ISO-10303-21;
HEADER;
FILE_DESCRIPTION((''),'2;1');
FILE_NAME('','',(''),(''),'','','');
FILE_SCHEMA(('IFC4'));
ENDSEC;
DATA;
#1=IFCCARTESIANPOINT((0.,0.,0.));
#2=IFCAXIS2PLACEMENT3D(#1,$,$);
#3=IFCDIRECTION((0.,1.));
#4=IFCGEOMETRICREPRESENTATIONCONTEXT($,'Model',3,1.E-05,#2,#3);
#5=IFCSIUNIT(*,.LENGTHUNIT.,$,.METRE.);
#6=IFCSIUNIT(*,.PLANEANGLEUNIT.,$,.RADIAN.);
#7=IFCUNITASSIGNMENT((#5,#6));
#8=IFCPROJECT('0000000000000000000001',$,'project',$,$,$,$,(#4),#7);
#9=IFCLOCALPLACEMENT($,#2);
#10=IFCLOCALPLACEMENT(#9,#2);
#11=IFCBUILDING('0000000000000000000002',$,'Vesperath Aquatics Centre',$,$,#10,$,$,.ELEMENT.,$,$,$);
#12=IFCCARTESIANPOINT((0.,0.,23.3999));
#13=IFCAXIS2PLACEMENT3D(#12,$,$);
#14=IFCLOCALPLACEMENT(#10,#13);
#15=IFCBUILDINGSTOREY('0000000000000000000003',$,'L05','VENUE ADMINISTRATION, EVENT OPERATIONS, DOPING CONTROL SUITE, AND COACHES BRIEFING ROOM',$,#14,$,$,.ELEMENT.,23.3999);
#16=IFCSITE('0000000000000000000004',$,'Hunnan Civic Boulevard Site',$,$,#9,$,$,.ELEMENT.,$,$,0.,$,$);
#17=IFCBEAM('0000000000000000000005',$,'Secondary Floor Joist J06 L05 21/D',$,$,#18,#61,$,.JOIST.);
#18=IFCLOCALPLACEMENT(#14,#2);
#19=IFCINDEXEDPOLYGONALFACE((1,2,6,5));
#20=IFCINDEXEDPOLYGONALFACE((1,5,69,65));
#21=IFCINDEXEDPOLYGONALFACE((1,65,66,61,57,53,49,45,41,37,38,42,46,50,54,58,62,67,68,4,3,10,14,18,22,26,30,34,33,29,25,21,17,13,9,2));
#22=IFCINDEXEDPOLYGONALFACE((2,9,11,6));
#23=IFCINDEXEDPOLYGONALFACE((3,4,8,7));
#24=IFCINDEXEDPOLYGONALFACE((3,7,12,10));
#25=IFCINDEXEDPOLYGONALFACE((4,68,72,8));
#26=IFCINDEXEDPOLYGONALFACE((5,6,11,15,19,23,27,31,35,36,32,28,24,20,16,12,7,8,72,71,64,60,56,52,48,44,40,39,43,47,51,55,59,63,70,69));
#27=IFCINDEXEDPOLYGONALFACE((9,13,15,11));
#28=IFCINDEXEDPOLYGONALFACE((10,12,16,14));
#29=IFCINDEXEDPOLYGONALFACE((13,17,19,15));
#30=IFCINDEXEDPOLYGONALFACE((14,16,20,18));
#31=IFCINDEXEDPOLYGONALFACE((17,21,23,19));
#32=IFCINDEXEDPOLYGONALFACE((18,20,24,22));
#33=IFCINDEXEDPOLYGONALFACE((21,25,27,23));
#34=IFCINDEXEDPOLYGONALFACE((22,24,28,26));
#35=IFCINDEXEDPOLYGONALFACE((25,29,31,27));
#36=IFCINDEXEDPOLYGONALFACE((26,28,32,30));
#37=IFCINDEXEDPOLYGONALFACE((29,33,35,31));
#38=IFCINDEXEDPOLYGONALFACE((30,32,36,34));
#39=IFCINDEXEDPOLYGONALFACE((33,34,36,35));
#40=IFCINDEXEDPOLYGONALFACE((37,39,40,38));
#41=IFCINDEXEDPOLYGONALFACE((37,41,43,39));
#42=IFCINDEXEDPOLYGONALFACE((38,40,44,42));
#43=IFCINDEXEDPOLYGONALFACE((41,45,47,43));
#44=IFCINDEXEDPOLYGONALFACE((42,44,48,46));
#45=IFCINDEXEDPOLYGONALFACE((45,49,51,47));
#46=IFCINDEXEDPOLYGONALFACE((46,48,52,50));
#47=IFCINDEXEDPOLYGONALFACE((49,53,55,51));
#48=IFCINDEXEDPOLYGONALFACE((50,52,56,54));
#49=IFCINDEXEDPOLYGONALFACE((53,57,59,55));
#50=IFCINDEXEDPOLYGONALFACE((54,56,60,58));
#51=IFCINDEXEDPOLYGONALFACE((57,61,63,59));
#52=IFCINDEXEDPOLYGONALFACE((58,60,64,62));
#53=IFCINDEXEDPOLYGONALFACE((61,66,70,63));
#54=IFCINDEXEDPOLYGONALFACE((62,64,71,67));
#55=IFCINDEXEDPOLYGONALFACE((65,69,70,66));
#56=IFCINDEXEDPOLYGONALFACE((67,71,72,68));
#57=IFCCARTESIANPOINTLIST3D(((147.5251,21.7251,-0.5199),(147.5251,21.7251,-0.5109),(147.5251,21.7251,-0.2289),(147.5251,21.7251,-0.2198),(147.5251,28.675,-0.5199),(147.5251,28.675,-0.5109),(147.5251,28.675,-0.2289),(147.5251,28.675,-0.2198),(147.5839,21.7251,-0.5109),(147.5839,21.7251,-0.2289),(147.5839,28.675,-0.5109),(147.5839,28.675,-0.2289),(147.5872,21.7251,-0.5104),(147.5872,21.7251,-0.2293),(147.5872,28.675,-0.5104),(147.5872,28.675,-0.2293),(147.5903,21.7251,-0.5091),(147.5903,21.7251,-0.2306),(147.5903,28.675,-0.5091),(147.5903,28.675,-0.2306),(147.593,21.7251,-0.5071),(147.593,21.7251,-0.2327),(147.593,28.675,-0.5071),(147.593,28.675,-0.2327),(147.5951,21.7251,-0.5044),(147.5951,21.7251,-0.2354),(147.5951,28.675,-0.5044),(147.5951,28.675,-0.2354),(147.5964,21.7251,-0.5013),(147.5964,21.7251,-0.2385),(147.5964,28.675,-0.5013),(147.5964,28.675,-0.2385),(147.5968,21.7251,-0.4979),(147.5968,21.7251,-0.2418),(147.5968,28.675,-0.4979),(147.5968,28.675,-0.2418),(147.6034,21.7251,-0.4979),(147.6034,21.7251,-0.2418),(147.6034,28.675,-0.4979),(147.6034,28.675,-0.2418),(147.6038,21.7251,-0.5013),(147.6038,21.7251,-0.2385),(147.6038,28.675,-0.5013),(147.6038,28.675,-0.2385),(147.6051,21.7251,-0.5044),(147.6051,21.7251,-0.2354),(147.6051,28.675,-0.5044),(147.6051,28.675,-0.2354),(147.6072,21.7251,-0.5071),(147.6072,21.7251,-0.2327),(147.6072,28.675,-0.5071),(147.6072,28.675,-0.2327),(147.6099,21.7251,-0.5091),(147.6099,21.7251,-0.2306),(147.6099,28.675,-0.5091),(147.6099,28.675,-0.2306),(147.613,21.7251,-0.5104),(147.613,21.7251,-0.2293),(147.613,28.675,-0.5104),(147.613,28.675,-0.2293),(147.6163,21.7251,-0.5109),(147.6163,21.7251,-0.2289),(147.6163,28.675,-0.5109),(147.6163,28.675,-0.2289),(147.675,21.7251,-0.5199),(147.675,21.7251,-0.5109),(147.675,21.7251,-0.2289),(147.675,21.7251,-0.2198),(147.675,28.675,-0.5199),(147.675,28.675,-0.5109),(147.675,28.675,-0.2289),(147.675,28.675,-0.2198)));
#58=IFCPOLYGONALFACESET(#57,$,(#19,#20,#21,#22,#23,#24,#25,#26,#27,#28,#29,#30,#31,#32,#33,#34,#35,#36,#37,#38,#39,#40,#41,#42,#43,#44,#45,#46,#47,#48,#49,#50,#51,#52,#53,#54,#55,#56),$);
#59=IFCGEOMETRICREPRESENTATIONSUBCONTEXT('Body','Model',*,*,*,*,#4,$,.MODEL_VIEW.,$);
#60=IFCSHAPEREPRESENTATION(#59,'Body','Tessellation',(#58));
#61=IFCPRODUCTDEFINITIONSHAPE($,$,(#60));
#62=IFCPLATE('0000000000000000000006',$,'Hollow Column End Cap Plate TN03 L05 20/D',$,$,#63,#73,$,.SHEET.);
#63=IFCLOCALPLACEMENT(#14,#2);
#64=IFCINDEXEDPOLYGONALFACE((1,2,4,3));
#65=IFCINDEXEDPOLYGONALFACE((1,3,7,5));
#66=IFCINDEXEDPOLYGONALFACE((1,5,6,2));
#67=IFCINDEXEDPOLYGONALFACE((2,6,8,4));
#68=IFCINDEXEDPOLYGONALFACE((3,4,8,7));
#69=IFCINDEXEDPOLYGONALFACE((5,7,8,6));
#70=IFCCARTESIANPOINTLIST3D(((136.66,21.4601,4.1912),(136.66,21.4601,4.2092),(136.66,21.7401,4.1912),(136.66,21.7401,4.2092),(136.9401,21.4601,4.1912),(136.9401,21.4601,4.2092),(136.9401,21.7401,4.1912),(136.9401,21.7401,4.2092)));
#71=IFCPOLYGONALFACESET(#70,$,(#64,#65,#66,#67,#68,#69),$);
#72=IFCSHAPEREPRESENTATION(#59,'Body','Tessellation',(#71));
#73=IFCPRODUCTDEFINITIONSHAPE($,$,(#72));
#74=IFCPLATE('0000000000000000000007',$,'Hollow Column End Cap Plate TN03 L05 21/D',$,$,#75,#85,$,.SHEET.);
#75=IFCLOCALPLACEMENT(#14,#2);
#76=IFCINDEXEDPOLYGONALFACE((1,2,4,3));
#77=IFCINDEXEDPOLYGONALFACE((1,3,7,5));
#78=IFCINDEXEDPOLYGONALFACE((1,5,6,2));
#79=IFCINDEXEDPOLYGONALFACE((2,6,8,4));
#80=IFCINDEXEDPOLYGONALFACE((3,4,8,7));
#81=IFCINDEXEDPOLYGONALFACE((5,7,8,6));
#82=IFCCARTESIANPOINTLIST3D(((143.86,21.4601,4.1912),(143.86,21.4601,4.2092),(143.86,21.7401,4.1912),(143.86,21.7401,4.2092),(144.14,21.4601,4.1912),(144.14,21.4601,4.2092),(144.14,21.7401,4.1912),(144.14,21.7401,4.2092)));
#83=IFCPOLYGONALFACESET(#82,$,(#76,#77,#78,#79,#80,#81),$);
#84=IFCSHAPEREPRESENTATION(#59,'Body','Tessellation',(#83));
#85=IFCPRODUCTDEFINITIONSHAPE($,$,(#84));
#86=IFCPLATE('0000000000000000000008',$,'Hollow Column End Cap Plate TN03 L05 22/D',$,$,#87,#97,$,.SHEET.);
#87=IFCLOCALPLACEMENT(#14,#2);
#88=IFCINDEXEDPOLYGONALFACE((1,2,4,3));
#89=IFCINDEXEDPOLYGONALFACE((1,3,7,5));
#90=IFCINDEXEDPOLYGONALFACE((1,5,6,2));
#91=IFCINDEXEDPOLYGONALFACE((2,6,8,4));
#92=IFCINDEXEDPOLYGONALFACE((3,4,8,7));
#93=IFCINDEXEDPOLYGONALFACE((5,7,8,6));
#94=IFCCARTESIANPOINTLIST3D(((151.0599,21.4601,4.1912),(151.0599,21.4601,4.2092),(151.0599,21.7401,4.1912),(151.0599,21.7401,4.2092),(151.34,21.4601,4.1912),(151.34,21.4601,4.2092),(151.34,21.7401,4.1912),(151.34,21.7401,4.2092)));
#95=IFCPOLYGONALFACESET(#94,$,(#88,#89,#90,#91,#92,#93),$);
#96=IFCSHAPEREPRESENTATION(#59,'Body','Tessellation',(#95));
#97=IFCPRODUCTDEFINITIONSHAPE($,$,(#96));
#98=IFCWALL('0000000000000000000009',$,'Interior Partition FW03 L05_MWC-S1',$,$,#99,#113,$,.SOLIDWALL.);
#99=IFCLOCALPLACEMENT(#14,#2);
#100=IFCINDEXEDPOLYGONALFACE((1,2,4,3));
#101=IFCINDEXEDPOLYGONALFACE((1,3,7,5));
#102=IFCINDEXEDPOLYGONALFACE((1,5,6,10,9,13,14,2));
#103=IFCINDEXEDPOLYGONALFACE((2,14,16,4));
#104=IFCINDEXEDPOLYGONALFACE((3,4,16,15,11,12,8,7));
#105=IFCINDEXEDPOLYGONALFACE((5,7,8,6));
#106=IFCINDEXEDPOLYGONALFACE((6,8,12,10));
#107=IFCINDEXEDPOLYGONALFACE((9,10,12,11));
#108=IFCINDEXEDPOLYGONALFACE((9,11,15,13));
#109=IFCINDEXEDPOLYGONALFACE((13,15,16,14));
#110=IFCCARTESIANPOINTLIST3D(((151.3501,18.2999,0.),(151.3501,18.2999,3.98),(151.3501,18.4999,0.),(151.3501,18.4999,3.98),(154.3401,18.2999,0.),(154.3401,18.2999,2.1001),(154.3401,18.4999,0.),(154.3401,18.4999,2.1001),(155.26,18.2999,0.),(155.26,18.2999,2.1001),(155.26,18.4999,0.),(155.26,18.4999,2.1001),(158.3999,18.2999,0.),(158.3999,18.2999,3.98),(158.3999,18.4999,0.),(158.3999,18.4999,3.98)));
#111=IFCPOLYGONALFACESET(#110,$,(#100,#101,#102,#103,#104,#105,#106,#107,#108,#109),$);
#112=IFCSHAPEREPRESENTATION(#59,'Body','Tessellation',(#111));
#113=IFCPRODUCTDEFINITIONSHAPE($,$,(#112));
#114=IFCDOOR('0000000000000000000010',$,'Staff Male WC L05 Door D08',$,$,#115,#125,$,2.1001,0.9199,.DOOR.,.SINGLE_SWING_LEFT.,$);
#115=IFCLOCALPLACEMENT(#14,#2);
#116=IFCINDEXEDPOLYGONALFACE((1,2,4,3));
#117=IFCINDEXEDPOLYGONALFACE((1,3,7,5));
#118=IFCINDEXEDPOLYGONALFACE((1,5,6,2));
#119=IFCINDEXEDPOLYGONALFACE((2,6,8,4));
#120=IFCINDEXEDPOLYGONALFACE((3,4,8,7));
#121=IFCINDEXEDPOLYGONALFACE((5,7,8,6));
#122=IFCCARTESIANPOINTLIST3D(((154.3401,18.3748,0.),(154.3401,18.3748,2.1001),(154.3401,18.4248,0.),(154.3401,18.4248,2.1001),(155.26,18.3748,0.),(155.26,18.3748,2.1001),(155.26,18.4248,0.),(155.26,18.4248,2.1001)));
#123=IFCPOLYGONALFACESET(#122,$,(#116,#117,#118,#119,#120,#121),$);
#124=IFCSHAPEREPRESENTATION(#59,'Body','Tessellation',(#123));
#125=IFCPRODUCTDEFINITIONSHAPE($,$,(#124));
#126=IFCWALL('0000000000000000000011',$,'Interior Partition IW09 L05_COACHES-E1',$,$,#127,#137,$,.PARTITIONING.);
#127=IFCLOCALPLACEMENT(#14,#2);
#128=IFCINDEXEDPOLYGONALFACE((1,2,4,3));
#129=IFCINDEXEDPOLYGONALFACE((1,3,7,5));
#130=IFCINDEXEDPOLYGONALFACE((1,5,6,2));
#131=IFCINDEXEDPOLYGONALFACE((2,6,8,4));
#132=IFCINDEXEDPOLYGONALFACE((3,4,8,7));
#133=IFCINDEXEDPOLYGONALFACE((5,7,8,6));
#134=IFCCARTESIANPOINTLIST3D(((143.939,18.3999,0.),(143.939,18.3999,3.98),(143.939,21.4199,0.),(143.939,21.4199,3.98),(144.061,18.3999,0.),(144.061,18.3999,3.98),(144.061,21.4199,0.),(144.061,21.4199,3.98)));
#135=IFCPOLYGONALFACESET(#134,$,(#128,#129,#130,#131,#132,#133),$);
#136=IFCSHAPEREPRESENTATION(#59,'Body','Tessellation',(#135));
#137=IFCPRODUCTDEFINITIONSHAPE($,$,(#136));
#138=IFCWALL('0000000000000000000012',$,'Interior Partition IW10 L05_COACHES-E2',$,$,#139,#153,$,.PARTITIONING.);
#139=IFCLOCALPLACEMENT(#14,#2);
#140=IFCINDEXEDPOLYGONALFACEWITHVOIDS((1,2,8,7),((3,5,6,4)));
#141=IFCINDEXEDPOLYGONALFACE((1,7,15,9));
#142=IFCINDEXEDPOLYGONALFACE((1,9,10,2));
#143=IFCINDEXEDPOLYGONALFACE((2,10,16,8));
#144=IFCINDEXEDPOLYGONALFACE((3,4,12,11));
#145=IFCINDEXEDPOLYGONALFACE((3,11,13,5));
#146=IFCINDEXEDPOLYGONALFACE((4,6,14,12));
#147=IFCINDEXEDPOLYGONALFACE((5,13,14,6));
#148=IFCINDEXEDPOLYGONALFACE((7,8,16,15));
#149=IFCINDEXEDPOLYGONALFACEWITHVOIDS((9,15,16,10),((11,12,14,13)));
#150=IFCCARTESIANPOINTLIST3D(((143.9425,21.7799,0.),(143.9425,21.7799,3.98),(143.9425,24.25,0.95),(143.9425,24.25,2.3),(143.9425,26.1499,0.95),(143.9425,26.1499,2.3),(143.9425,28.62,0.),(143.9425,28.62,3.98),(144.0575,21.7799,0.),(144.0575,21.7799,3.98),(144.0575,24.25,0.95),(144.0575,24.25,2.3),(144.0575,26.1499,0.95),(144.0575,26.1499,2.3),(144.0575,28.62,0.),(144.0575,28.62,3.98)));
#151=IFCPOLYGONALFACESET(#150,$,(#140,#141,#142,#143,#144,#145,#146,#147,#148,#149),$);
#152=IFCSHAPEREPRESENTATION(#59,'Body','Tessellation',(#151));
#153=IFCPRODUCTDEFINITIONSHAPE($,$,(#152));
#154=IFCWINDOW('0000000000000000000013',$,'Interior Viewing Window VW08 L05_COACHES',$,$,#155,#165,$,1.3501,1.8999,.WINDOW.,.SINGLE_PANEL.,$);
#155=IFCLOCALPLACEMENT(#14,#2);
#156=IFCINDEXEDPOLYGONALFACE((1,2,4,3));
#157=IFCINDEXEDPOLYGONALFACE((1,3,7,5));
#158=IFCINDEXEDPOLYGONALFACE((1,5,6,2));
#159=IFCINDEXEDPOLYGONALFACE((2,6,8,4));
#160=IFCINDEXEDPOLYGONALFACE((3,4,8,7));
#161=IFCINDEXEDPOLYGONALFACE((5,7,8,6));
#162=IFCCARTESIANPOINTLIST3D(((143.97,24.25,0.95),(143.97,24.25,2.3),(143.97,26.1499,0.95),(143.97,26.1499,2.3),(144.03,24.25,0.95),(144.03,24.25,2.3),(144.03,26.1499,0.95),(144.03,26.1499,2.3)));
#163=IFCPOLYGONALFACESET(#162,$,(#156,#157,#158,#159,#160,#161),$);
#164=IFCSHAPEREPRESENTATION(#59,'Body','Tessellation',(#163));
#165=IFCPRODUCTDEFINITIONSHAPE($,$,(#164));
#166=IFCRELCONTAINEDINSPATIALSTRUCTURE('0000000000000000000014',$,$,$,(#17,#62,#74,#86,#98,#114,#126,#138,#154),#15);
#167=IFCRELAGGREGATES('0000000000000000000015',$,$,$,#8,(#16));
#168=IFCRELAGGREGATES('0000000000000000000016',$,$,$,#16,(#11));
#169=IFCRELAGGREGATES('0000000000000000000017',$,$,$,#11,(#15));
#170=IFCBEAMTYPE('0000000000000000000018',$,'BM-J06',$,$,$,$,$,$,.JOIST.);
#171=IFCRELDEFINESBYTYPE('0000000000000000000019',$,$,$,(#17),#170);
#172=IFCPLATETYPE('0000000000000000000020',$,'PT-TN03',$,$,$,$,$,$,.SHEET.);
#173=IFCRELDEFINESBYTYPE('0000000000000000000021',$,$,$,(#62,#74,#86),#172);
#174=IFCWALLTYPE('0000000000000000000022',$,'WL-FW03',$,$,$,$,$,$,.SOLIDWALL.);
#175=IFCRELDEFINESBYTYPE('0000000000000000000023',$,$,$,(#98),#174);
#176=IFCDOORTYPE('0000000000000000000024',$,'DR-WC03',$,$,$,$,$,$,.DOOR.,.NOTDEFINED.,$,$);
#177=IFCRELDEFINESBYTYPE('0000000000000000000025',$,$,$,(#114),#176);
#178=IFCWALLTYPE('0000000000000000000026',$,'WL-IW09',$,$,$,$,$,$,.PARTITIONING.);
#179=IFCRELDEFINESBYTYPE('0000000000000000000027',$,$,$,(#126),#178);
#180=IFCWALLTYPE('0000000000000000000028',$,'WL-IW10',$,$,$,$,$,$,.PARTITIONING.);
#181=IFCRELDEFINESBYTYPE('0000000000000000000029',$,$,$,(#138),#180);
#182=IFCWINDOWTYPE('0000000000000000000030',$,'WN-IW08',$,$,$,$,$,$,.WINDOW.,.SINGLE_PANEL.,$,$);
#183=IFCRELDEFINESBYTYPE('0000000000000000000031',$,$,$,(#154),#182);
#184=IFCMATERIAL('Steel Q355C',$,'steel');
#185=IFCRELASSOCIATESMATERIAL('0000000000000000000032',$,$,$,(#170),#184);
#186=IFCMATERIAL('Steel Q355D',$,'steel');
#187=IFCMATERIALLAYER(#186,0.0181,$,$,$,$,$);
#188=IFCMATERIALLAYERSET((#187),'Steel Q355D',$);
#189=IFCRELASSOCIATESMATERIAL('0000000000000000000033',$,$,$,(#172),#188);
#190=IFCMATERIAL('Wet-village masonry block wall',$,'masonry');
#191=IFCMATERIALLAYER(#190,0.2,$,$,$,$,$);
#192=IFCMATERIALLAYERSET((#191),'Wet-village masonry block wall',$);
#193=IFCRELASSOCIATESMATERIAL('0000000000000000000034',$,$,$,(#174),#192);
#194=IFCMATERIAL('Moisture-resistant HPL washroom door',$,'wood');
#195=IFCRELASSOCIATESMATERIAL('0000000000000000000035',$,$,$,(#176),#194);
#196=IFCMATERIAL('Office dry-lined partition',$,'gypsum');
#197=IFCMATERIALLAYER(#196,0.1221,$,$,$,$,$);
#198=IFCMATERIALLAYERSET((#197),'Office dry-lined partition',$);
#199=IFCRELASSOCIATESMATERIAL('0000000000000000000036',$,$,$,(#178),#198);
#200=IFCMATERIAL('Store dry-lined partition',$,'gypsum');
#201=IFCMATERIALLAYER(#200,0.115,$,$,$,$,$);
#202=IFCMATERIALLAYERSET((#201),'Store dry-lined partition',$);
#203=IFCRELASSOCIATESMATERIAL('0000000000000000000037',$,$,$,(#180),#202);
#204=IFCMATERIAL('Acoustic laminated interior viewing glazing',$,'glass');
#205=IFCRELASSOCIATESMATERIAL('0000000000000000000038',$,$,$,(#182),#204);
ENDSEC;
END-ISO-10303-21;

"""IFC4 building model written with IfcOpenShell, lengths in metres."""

from ifc_helpers import new_model, si_unit, direction, frame, frame_2d, origin, origin_2d, place, context, subcontext, project, spatial, rectangle, i_section, extrude, material, layer, layer_set, material_profile, profile_set, type_object, element, fill, save


model = new_model("IFC4")

# Units and contexts
model_context = context("Model", 3, precision=1e-05, world=origin(), true_north=direction((0.0, 1.0)))
body_context = subcontext(model_context, "Body", "Model", "MODEL_VIEW")
ifc_project = project(units=[si_unit("LENGTHUNIT", "METRE"), si_unit("PLANEANGLEUNIT", "RADIAN")], contexts=[model_context])

# Site, building, storey
site_placement = place(None, origin())
site = spatial("IfcSite", under=ifc_project, at=site_placement, Name="Hunnan Civic Boulevard Site", CompositionType="ELEMENT", RefElevation=0.0)
building_placement = place(site_placement, origin())
building = spatial("IfcBuilding", under=site, at=building_placement, Name="Vesperath Aquatics Centre", CompositionType="ELEMENT")
storey_placement = place(building_placement, frame((0.0, 0.0, 23.3999)))
storey = spatial("IfcBuildingStorey", under=building, at=storey_placement, Name="L05", Description="VENUE ADMINISTRATION, EVENT OPERATIONS, DOPING CONTROL SUITE, AND COACHES BRIEFING ROOM", CompositionType="ELEMENT", Elevation=23.3999)

# Shared definitions
ifc_material_1 = material(Name="Steel Q355C", Category="steel")

# Beam
ifc_material_profile_1 = material_profile(ifc_material_1, i_section(OverallWidth=0.1499, OverallDepth=0.3, WebThickness=0.0066, FlangeThickness=0.009, FilletRadius=0.0129, at=origin_2d()), Name="HN 300x150x6.5x9")
ifc_profile_set_1 = profile_set([ifc_material_profile_1], Name="Steel Q355C")
beam_type_1 = type_object("IfcBeamType", Name="BM-J06", PredefinedType="JOIST", material=ifc_profile_set_1)
for number, where, z_axis, x_axis, name in (
    (1, (147.6001, 21.7251, -0.3699), (0.0, 1.0, 0.0), (-1.0, 0.0, 0.0), "Secondary Floor Joist J06 L05 21/D"),
):
    element("IfcBeam", number, at=place(storey_placement, frame(where, z_axis=z_axis, x_axis=x_axis)), inside=storey, type_object=beam_type_1, Name=name, PredefinedType="JOIST", context=body_context, shape_type="SweptSolid", body=[
        extrude(i_section(OverallWidth=0.1499, OverallDepth=0.3, WebThickness=0.0066, FlangeThickness=0.009, FilletRadius=0.0129, at=origin_2d()), origin(), (0.0, 0.0, 1.0), 6.95),
    ])

# Plates
ifc_material_2 = material(Name="Steel Q355D", Category="steel")
ifc_layer_1 = layer(ifc_material_2, 0.0181)
ifc_layer_set_1 = layer_set([ifc_layer_1], Name="Steel Q355D")
plate_type = type_object("IfcPlateType", Name="PT-TN03", PredefinedType="SHEET", material=ifc_layer_set_1)
for number, where, z_axis, x_axis, name in (
    (2, (136.8, 21.6001, 4.1912), (0.0, 0.0, 1.0), (1.0, 0.0, 0.0), "Hollow Column End Cap Plate TN03 L05 20/D"),
    (3, (144.0, 21.6001, 4.1912), (0.0, 0.0, 1.0), (1.0, 0.0, 0.0), "Hollow Column End Cap Plate TN03 L05 21/D"),
    (4, (151.2, 21.6001, 4.1912), (0.0, 0.0, 1.0), (1.0, 0.0, 0.0), "Hollow Column End Cap Plate TN03 L05 22/D"),
):
    element("IfcPlate", number, at=place(storey_placement, frame(where, z_axis=z_axis, x_axis=x_axis)), inside=storey, type_object=plate_type, Name=name, PredefinedType="SHEET", context=body_context, shape_type="SweptSolid", body=[
        extrude(rectangle(XDim=0.28, YDim=0.28, at=origin_2d()), origin(), (0.0, 0.0, 1.0), 0.0181),
    ])

# Wall, opening, door
ifc_material_3 = material(Name="Wet-village masonry block wall", Category="masonry")
ifc_layer_2 = layer(ifc_material_3, 0.2)
ifc_layer_set_2 = layer_set([ifc_layer_2], Name="Wet-village masonry block wall")
wall_type_1 = type_object("IfcWallType", Name="WL-FW03", PredefinedType="SOLIDWALL", material=ifc_layer_set_2)
wall_1_placement = place(storey_placement, frame((151.3501, 18.3999, 0.0), z_axis=(0.0, 0.0, 1.0), x_axis=(1.0, 0.0, 0.0)))
wall_1 = element("IfcWall", 5, at=wall_1_placement, inside=storey, type_object=wall_type_1, Name="Interior Partition FW03 L05_MWC-S1", PredefinedType="SOLIDWALL", context=body_context, shape_type="SweptSolid", body=[
    extrude(rectangle(XDim=7.0498, YDim=0.2, at=frame_2d((3.5249, 0.0))), origin(), (0.0, 0.0, 1.0), 3.98),
])
opening_1_placement = place(wall_1_placement, frame((2.99, 0.0, 0.0)))
opening_1 = element("IfcOpeningElement", 6, at=opening_1_placement, cuts=wall_1, PredefinedType="OPENING", context=body_context, shape_type="SweptSolid", body=[
    extrude(rectangle(XDim=0.9199, YDim=2.1001, at=frame_2d((0.46, 1.05))), frame((0.0, 0.1147, 0.0), z_axis=(0.0, -1.0, 0.0), x_axis=(1.0, 0.0, 0.0)), (0.0, 0.0, 1.0), 0.2297),
])
ifc_material_4 = material(Name="Moisture-resistant HPL washroom door", Category="wood")
door_type_1 = type_object("IfcDoorType", Name="DR-WC03", OperationType="NOTDEFINED", PredefinedType="DOOR", material=ifc_material_4)
door_1_placement = place(opening_1_placement, origin())
door_1 = element("IfcDoor", 7, at=door_1_placement, inside=storey, type_object=door_type_1, Name="Staff Male WC L05 Door D08", OperationType="SINGLE_SWING_LEFT", OverallHeight=2.1001, OverallWidth=0.9199, PredefinedType="DOOR", context=body_context, shape_type="SweptSolid", body=[
    extrude(rectangle(XDim=0.9199, YDim=2.1001, at=frame_2d((0.46, 1.05))), frame((0.0, 0.0249, 0.0), z_axis=(0.0, -1.0, 0.0), x_axis=(1.0, 0.0, 0.0)), (0.0, 0.0, 1.0), 0.05),
])
fill(opening_1, door_1)

# Wall
ifc_material_5 = material(Name="Office dry-lined partition", Category="gypsum")
ifc_layer_3 = layer(ifc_material_5, 0.1221)
ifc_layer_set_3 = layer_set([ifc_layer_3], Name="Office dry-lined partition")
wall_type_2 = type_object("IfcWallType", Name="WL-IW09", PredefinedType="PARTITIONING", material=ifc_layer_set_3)
wall_2_placement = place(storey_placement, frame((144.0, 18.3999, 0.0), z_axis=(0.0, 0.0, 1.0), x_axis=(0.0, 1.0, 0.0)))
element("IfcWall", 8, at=wall_2_placement, inside=storey, type_object=wall_type_2, Name="Interior Partition IW09 L05_COACHES-E1", PredefinedType="PARTITIONING", context=body_context, shape_type="SweptSolid", body=[
    extrude(rectangle(XDim=3.02, YDim=0.1221, at=frame_2d((1.51, 0.0))), origin(), (0.0, 0.0, 1.0), 3.98),
])

# Wall, opening, window
ifc_material_6 = material(Name="Store dry-lined partition", Category="gypsum")
ifc_layer_4 = layer(ifc_material_6, 0.115)
ifc_layer_set_4 = layer_set([ifc_layer_4], Name="Store dry-lined partition")
wall_type_3 = type_object("IfcWallType", Name="WL-IW10", PredefinedType="PARTITIONING", material=ifc_layer_set_4)
wall_3_placement = place(storey_placement, frame((144.0, 21.78, 0.0), z_axis=(0.0, 0.0, 1.0), x_axis=(0.0, 1.0, 0.0)))
wall_3 = element("IfcWall", 9, at=wall_3_placement, inside=storey, type_object=wall_type_3, Name="Interior Partition IW10 L05_COACHES-E2", PredefinedType="PARTITIONING", context=body_context, shape_type="SweptSolid", body=[
    extrude(rectangle(XDim=6.8401, YDim=0.115, at=frame_2d((3.4199, 0.0))), origin(), (0.0, 0.0, 1.0), 3.98),
])
opening_2_placement = place(wall_3_placement, frame((2.47, 0.0, 0.95)))
opening_2 = element("IfcOpeningElement", 10, at=opening_2_placement, cuts=wall_3, PredefinedType="OPENING", context=body_context, shape_type="SweptSolid", body=[
    extrude(rectangle(XDim=1.8999, YDim=1.3501, at=frame_2d((0.95, 0.675))), frame((0.0, 0.0723, 0.0), z_axis=(0.0, -1.0, 0.0), x_axis=(1.0, 0.0, 0.0)), (0.0, 0.0, 1.0), 0.1448),
])
ifc_material_7 = material(Name="Acoustic laminated interior viewing glazing", Category="glass")
window_type_1 = type_object("IfcWindowType", Name="WN-IW08", PartitioningType="SINGLE_PANEL", PredefinedType="WINDOW", material=ifc_material_7)
window_1_placement = place(opening_2_placement, origin())
window_1 = element("IfcWindow", 11, at=window_1_placement, inside=storey, type_object=window_type_1, Name="Interior Viewing Window VW08 L05_COACHES", OverallHeight=1.3501, OverallWidth=1.8999, PartitioningType="SINGLE_PANEL", PredefinedType="WINDOW", context=body_context, shape_type="SweptSolid", body=[
    extrude(rectangle(XDim=1.8999, YDim=1.3501, at=frame_2d((0.95, 0.675))), frame((0.0, 0.03, 0.0), z_axis=(0.0, -1.0, 0.0), x_axis=(1.0, 0.0, 0.0)), (0.0, 0.0, 1.0), 0.0601),
])
fill(opening_2, window_1)

save(model, "model.ifc")
